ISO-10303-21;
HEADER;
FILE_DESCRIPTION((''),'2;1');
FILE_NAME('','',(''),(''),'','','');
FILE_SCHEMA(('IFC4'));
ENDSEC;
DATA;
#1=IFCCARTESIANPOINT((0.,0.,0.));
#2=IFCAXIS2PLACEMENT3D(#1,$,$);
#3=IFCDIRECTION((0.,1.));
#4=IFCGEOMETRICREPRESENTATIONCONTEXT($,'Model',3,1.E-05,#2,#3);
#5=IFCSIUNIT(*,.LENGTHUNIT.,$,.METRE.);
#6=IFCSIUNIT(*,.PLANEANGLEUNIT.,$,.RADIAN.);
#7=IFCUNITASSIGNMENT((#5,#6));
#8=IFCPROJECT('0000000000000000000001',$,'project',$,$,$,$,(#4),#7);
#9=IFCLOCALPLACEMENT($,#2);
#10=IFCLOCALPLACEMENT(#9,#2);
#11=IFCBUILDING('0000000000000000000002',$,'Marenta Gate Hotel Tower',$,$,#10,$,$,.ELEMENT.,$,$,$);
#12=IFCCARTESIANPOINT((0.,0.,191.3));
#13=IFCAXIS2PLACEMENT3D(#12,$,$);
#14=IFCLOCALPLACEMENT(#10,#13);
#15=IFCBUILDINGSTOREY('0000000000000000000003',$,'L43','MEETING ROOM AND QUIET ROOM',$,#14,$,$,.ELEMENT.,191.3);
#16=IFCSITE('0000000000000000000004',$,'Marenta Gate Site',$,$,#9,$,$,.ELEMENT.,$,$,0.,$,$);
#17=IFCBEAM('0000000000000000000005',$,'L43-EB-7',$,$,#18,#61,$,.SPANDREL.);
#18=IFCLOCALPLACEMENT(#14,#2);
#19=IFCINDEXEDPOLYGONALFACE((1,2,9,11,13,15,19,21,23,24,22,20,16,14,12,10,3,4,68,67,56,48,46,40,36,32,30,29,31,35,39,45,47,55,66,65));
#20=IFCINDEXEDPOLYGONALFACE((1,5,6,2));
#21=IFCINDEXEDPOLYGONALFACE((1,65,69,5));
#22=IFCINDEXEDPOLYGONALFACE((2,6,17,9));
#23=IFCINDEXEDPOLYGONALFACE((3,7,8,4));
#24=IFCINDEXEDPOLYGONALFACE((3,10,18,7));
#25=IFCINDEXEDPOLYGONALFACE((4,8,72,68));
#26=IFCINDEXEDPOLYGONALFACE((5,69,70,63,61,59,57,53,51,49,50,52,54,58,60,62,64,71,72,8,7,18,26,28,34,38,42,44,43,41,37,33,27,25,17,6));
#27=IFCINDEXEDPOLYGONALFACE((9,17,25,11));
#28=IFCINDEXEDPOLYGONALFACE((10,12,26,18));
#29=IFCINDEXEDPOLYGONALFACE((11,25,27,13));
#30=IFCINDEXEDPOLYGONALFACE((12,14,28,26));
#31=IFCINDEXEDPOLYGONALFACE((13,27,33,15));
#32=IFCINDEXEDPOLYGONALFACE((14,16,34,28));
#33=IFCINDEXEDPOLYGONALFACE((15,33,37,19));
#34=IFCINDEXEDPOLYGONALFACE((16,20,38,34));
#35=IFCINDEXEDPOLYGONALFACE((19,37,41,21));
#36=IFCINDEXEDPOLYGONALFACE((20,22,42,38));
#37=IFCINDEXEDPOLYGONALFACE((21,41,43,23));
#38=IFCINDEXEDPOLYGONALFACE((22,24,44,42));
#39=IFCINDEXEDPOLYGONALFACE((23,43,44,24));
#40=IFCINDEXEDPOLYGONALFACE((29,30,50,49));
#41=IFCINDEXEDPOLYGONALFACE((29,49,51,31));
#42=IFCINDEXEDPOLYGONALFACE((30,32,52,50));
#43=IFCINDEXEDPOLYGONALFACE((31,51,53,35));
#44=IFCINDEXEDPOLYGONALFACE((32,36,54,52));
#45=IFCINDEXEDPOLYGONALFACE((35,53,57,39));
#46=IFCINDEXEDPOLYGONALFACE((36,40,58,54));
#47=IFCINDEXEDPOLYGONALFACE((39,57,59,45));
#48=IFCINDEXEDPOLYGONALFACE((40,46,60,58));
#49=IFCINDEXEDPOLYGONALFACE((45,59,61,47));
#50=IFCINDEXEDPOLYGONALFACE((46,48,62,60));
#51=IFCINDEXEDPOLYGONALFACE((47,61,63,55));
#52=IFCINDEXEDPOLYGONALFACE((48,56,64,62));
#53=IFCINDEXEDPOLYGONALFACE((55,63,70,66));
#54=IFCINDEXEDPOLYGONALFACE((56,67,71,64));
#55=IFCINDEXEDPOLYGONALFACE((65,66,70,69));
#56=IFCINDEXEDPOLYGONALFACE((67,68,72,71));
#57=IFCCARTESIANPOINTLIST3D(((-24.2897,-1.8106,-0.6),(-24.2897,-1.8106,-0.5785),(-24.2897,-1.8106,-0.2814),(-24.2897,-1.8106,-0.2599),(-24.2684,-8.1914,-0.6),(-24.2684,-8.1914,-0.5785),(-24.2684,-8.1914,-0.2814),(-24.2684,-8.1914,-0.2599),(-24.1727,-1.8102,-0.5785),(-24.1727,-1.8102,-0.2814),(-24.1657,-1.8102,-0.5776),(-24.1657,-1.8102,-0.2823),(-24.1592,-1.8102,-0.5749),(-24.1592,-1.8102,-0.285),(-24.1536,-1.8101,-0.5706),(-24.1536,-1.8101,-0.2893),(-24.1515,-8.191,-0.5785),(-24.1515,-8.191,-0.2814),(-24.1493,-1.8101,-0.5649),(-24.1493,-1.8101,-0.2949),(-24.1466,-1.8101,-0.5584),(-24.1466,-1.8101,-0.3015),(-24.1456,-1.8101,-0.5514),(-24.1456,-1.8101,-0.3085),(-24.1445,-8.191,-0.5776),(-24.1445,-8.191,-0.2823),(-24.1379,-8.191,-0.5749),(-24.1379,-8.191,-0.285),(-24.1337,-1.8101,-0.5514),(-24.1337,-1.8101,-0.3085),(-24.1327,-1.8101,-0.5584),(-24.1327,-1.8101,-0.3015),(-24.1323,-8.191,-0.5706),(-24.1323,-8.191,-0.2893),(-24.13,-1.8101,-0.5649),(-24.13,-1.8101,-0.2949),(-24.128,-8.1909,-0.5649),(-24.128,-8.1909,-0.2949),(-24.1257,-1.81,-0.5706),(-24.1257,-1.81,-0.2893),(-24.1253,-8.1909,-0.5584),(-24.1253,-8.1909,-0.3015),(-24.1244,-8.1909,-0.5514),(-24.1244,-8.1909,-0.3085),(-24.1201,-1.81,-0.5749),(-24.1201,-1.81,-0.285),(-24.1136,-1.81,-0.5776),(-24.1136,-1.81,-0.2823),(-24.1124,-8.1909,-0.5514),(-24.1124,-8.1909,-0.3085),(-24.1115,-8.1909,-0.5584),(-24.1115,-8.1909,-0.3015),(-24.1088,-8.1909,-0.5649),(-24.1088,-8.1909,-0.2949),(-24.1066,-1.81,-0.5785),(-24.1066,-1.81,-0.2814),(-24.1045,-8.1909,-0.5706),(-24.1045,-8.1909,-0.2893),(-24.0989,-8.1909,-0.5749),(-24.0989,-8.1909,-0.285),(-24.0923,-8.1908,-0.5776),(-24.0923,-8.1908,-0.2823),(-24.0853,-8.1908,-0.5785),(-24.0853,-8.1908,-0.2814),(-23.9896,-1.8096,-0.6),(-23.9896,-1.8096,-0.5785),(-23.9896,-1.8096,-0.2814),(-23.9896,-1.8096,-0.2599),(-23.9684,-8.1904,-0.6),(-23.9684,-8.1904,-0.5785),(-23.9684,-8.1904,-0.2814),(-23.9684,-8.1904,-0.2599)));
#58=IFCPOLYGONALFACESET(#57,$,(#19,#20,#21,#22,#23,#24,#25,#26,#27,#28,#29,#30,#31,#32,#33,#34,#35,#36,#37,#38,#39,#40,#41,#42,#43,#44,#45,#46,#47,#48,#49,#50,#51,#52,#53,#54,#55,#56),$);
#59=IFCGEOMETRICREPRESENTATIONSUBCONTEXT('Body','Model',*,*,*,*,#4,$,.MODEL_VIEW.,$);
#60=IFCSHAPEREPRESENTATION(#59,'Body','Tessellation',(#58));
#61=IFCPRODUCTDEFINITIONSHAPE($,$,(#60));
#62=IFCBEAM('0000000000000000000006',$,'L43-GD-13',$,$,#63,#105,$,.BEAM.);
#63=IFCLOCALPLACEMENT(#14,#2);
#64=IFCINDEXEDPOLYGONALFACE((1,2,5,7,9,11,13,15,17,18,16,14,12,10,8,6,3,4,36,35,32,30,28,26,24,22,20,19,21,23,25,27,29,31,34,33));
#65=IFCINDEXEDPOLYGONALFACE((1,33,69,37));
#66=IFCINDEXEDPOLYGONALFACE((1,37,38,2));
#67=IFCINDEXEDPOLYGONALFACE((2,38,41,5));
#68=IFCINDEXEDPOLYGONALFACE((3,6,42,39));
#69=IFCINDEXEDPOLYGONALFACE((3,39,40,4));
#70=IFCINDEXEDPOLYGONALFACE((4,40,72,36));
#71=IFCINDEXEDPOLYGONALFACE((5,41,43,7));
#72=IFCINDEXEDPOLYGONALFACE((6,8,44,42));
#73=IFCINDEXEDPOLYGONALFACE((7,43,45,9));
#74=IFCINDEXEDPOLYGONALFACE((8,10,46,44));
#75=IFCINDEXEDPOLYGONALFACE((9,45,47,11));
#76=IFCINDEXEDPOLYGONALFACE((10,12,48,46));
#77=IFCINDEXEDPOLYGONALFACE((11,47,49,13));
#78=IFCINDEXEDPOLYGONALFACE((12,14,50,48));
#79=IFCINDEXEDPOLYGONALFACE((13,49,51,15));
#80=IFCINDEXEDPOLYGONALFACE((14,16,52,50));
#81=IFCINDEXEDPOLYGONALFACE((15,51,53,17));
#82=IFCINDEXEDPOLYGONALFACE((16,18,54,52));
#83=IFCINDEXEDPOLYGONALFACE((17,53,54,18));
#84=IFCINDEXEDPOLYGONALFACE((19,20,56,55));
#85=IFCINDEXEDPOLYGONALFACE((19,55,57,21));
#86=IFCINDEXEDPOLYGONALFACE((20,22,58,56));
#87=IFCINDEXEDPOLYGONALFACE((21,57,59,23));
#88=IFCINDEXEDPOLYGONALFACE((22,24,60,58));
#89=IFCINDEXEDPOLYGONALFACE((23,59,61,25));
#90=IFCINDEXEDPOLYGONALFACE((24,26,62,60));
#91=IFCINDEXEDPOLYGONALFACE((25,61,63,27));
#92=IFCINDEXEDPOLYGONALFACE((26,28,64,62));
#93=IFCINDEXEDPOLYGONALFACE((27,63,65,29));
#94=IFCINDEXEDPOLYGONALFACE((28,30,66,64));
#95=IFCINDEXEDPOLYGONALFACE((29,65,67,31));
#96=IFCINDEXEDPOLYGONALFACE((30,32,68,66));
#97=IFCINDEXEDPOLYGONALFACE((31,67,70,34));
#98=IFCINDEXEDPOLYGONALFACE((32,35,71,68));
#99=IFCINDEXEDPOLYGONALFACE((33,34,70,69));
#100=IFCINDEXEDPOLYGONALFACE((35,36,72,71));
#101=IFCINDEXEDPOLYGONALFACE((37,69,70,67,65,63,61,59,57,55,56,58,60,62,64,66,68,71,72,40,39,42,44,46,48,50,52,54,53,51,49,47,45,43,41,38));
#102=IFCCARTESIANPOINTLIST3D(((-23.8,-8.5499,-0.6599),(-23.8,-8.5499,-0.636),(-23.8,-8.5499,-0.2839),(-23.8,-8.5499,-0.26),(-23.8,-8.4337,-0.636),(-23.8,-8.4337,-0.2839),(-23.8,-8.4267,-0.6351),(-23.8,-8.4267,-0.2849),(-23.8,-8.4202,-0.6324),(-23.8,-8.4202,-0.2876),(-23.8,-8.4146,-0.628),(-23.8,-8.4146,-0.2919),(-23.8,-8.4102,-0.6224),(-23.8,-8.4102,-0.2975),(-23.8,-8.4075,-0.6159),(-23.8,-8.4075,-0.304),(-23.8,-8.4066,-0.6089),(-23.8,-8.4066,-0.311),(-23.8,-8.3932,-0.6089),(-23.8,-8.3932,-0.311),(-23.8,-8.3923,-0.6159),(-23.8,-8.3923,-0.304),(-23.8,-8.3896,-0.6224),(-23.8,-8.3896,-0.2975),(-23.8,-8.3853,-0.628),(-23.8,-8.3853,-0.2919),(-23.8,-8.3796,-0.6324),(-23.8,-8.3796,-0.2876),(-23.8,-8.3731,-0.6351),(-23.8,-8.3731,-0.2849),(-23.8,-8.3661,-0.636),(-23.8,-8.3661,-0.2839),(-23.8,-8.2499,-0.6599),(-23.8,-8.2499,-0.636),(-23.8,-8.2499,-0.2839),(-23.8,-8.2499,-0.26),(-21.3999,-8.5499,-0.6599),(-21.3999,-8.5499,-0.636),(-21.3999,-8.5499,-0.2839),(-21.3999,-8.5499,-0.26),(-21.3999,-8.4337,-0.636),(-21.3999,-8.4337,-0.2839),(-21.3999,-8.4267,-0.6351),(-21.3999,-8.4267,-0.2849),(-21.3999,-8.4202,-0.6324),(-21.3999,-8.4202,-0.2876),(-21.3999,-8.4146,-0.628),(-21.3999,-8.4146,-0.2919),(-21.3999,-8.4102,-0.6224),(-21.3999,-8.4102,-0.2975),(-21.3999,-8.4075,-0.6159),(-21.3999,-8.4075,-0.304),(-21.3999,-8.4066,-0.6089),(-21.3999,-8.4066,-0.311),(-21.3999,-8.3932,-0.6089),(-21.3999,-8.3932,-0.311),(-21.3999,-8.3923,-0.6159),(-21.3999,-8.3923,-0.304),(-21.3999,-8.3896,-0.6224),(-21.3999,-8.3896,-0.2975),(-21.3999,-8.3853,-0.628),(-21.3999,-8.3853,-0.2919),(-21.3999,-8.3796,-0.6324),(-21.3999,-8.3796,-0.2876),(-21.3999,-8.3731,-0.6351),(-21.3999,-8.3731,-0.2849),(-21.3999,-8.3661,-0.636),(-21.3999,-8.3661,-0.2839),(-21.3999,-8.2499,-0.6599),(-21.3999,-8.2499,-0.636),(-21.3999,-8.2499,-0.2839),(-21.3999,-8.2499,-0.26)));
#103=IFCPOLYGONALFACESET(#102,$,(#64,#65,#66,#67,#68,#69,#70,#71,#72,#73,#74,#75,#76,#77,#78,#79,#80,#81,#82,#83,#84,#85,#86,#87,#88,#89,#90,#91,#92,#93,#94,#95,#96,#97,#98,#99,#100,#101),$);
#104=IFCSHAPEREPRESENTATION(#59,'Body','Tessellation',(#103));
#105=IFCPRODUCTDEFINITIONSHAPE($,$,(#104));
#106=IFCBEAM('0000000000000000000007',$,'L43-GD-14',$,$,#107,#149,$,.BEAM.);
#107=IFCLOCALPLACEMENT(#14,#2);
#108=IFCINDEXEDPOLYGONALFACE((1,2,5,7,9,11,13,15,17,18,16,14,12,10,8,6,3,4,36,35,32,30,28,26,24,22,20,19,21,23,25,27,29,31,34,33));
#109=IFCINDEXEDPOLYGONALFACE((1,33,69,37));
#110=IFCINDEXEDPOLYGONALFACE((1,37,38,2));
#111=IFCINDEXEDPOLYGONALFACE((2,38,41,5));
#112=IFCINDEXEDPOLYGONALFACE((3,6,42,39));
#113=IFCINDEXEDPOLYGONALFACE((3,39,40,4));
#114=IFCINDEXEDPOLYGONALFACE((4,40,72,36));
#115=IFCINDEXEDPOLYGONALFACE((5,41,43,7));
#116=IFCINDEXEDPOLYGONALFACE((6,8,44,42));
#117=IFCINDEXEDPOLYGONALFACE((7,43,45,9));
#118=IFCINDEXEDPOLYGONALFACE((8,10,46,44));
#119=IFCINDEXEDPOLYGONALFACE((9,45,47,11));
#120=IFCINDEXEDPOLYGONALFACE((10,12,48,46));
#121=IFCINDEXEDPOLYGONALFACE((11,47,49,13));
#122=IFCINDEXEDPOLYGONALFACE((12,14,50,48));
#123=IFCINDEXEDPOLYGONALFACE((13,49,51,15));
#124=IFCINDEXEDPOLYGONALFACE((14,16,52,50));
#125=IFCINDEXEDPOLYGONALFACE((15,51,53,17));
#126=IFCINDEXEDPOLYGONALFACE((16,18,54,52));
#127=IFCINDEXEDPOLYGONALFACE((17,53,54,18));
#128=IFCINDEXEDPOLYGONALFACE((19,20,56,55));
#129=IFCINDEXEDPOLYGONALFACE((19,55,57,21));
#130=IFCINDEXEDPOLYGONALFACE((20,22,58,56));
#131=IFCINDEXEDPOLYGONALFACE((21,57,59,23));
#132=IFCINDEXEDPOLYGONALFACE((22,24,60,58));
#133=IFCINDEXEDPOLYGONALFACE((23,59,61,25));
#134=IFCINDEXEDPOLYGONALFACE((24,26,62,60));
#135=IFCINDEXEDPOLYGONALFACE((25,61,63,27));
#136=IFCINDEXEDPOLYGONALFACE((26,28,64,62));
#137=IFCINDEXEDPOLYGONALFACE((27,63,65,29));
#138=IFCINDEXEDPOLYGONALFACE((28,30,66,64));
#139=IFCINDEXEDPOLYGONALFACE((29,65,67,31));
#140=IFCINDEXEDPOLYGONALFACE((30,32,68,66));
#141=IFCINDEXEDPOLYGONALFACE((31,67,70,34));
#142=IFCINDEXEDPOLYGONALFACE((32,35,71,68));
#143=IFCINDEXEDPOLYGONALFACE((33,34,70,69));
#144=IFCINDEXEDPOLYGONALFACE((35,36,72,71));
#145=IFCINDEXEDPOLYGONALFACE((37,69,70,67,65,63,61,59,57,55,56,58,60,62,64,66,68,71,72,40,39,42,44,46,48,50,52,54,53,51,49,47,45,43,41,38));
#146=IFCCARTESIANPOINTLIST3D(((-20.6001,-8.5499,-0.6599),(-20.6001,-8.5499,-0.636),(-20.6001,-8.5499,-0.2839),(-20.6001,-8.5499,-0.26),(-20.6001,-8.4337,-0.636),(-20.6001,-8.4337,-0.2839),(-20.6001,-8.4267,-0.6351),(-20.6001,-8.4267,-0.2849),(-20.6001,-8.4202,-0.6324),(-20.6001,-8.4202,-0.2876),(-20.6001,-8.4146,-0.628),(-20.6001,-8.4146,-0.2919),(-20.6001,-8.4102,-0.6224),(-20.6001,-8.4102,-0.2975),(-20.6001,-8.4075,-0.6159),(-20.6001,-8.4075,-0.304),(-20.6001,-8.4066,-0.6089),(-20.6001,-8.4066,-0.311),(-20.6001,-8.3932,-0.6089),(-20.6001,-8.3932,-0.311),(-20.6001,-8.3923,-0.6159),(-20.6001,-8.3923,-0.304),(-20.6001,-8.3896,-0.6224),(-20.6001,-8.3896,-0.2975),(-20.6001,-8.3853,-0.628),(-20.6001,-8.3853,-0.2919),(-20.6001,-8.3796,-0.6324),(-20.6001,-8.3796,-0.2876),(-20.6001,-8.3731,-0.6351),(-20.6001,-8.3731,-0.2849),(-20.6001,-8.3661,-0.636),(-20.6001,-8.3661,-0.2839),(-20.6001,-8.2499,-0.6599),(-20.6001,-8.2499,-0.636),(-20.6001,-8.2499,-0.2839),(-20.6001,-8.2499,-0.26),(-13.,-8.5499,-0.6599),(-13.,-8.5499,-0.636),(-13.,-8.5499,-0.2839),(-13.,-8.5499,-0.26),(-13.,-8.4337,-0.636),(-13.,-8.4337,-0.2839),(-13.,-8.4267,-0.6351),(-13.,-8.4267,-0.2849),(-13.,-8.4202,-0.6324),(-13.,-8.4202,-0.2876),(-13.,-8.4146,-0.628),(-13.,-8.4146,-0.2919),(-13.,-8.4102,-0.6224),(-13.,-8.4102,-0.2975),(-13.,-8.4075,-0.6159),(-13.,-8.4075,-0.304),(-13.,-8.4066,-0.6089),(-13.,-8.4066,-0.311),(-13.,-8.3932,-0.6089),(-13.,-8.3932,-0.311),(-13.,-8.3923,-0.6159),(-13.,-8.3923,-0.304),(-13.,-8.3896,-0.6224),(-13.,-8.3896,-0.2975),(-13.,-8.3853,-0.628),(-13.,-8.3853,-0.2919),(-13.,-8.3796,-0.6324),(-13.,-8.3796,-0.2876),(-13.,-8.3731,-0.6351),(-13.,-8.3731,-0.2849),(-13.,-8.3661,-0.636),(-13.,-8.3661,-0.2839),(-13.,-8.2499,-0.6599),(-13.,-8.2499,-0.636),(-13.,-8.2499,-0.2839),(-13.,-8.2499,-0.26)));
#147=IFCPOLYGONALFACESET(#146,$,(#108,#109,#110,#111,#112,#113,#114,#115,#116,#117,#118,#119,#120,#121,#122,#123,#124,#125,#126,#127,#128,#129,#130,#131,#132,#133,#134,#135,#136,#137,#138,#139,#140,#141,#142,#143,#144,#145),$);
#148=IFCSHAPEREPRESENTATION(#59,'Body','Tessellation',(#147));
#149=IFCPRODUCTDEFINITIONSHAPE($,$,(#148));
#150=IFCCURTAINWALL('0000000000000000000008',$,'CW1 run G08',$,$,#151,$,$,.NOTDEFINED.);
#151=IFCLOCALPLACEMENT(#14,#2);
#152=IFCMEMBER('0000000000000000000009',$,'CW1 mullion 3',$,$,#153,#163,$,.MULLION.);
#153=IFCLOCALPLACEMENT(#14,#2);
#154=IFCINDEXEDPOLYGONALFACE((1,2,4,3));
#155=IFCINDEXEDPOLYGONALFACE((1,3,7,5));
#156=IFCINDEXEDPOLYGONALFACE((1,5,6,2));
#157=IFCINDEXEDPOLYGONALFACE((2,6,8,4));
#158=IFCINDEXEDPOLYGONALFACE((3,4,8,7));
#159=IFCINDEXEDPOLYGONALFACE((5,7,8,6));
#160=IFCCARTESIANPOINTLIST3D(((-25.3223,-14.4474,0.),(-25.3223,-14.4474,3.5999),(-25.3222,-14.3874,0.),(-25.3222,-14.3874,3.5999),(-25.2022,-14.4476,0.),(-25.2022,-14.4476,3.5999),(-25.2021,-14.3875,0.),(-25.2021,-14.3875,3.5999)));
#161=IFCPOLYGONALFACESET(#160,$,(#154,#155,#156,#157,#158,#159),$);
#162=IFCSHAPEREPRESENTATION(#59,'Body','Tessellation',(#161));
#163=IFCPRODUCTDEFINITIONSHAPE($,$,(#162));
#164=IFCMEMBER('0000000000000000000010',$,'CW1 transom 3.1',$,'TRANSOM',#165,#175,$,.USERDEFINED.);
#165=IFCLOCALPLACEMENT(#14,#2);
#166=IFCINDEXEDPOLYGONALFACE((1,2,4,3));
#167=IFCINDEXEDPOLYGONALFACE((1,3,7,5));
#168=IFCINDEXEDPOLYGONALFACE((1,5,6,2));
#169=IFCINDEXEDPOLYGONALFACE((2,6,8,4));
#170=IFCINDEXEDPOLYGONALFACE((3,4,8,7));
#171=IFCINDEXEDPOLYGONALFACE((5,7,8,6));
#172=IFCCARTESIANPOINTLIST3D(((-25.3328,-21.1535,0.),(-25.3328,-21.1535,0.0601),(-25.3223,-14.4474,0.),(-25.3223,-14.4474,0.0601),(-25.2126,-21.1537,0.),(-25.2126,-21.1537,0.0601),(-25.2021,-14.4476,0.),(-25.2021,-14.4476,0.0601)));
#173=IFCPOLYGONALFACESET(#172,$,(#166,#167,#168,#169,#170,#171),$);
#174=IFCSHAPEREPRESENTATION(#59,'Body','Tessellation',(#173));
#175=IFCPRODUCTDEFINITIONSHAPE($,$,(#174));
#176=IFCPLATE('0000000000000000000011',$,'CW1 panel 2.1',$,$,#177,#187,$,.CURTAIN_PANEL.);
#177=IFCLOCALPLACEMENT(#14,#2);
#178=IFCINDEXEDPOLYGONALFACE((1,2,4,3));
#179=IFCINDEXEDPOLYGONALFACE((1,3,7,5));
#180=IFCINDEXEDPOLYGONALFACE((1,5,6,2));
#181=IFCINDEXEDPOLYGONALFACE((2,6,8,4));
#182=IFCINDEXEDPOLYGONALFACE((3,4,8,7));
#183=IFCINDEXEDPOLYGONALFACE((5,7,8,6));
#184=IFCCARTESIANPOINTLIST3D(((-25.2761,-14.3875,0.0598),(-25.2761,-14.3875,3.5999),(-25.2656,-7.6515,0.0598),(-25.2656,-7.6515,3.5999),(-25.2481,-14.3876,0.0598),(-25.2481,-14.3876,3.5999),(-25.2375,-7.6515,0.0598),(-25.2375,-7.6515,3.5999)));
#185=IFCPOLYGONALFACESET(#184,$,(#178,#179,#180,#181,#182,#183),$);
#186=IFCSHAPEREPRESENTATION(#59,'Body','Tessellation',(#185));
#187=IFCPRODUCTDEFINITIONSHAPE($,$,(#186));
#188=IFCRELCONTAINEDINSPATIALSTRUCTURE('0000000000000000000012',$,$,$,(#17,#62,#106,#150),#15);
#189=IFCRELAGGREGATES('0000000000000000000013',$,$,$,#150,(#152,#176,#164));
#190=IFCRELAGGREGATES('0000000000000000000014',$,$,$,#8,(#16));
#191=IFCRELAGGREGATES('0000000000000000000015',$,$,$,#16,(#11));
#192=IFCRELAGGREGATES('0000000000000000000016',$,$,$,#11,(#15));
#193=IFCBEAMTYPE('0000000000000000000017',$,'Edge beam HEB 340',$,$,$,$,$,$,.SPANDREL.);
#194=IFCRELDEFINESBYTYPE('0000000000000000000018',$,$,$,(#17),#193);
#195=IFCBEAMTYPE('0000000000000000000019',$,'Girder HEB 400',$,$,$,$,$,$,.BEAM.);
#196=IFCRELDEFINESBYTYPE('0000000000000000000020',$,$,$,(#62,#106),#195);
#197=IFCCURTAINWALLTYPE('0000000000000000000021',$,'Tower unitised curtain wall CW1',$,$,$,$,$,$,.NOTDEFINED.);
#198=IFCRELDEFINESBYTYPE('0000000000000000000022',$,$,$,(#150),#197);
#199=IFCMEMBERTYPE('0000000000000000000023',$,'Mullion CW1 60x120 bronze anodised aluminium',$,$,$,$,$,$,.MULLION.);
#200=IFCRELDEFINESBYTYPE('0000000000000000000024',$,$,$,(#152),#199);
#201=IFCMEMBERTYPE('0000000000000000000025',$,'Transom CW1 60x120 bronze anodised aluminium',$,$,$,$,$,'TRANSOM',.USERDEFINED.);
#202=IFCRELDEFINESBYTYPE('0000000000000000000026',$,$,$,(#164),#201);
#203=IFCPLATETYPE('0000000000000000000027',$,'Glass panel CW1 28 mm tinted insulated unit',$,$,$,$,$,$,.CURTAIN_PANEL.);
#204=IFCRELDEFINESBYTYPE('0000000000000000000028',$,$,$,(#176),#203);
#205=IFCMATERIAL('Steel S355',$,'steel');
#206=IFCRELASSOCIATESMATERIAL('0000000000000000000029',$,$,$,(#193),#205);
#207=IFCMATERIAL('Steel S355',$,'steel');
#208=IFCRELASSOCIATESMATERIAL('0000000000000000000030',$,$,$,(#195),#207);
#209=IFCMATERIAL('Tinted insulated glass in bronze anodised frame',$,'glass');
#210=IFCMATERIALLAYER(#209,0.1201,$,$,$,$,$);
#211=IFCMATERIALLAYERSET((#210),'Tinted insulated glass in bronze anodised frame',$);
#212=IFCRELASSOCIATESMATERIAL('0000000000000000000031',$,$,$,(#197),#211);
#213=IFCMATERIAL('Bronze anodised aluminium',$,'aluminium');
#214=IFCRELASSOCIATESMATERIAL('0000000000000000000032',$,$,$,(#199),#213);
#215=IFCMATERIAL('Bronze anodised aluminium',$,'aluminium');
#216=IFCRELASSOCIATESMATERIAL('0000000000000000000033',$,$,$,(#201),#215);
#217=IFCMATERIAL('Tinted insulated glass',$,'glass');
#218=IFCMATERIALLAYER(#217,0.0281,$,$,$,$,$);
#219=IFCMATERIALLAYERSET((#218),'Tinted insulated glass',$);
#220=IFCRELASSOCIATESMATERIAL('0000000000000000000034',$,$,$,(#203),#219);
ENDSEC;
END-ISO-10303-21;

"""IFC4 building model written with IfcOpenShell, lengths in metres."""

from ifc_helpers import new_model, si_unit, direction, frame, origin, origin_2d, place, context, subcontext, project, spatial, rectangle, i_section, extrude, material, layer, layer_set, material_profile, profile_set, type_object, element, aggregate, save


model = new_model("IFC4")

# Units and contexts
model_context = context("Model", 3, precision=1e-05, world=origin(), true_north=direction((0.0, 1.0)))
body_context = subcontext(model_context, "Body", "Model", "MODEL_VIEW")
ifc_project = project(units=[si_unit("LENGTHUNIT", "METRE"), si_unit("PLANEANGLEUNIT", "RADIAN")], contexts=[model_context])

# Site, building, storey
site_placement = place(None, origin())
site = spatial("IfcSite", under=ifc_project, at=site_placement, Name="Marenta Gate Site", CompositionType="ELEMENT", RefElevation=0.0)
building_placement = place(site_placement, origin())
building = spatial("IfcBuilding", under=site, at=building_placement, Name="Marenta Gate Hotel Tower", CompositionType="ELEMENT")
storey_placement = place(building_placement, frame((0.0, 0.0, 191.3)))
storey = spatial("IfcBuildingStorey", under=building, at=storey_placement, Name="L43", Description="MEETING ROOM AND QUIET ROOM", CompositionType="ELEMENT", Elevation=191.3)

# Beams
ifc_material_1 = material(Name="Steel S355", Category="steel")
ifc_material_profile_1 = material_profile(ifc_material_1, i_section(OverallWidth=0.3, OverallDepth=0.3401, WebThickness=0.012, FlangeThickness=0.0215, FilletRadius=0.0271, at=origin_2d()), Name="HEB 340")
ifc_profile_set_1 = profile_set([ifc_material_profile_1], Name="Steel S355")
beam_type_1 = type_object("IfcBeamType", Name="Edge beam HEB 340", PredefinedType="SPANDREL", material=ifc_profile_set_1)
beam_1_placement = place(storey_placement, frame((-24.1184, -8.1909, -0.4299), z_axis=(-0.003329, 0.999994, 0.0), x_axis=(-0.999994, -0.003329, 0.0)))
element("IfcBeam", 1, at=beam_1_placement, inside=storey, type_object=beam_type_1, Name="L43-EB-7", PredefinedType="SPANDREL", context=body_context, shape_type="SweptSolid", body=[
    extrude(i_section(OverallWidth=0.3, OverallDepth=0.3401, WebThickness=0.012, FlangeThickness=0.0215, FilletRadius=0.0271, at=origin_2d()), origin(), (0.0, 0.0, 1.0), 6.3809),
])
ifc_material_2 = material(Name="Steel S355", Category="steel")
ifc_material_profile_2 = material_profile(ifc_material_2, i_section(OverallWidth=0.3, OverallDepth=0.3999, WebThickness=0.0134, FlangeThickness=0.0239, FilletRadius=0.0271, at=origin_2d()), Name="HEB 400")
ifc_profile_set_2 = profile_set([ifc_material_profile_2], Name="Steel S355")
beam_type_2 = type_object("IfcBeamType", Name="Girder HEB 400", PredefinedType="BEAM", material=ifc_profile_set_2)
beam_2_placement = place(storey_placement, frame((-23.8, -8.3999, -0.46), z_axis=(1.0, 0.0, 0.0), x_axis=(0.0, 1.0, 0.0)))
element("IfcBeam", 2, at=beam_2_placement, inside=storey, type_object=beam_type_2, Name="L43-GD-13", PredefinedType="BEAM", context=body_context, shape_type="SweptSolid", body=[
    extrude(i_section(OverallWidth=0.3, OverallDepth=0.3999, WebThickness=0.0134, FlangeThickness=0.0239, FilletRadius=0.0271, at=origin_2d()), origin(), (0.0, 0.0, 1.0), 2.4001),
])
beam_3_placement = place(storey_placement, frame((-20.6001, -8.3999, -0.46), z_axis=(1.0, 0.0, 0.0), x_axis=(0.0, 1.0, 0.0)))
element("IfcBeam", 3, at=beam_3_placement, inside=storey, type_object=beam_type_2, Name="L43-GD-14", PredefinedType="BEAM", context=body_context, shape_type="SweptSolid", body=[
    extrude(i_section(OverallWidth=0.3, OverallDepth=0.3999, WebThickness=0.0134, FlangeThickness=0.0239, FilletRadius=0.0271, at=origin_2d()), origin(), (0.0, 0.0, 1.0), 7.6001),
])

# Curtain wall, members, plate
ifc_material_3 = material(Name="Tinted insulated glass in bronze anodised frame", Category="glass")
ifc_layer_1 = layer(ifc_material_3, 0.1201)
ifc_layer_set_1 = layer_set([ifc_layer_1], Name="Tinted insulated glass in bronze anodised frame")
curtain_wall_type = type_object("IfcCurtainWallType", Name="Tower unitised curtain wall CW1", PredefinedType="NOTDEFINED", material=ifc_layer_set_1)
curtain_wall_placement = place(storey_placement, origin())
curtain_wall = element("IfcCurtainWall", 4, at=curtain_wall_placement, inside=storey, type_object=curtain_wall_type, Name="CW1 run G08", PredefinedType="NOTDEFINED")
ifc_material_4 = material(Name="Bronze anodised aluminium", Category="aluminium")
ifc_material_profile_3 = material_profile(ifc_material_4, rectangle(XDim=0.1201, YDim=0.0601, at=origin_2d()), Name="Mullion CW1 60x120 bronze anodised aluminium")
ifc_profile_set_3 = profile_set([ifc_material_profile_3], Name="Bronze anodised aluminium")
member_type_1 = type_object("IfcMemberType", Name="Mullion CW1 60x120 bronze anodised aluminium", PredefinedType="MULLION", material=ifc_profile_set_3)
member_1_placement = place(storey_placement, frame((-25.2622, -14.4175, 0.0), z_axis=(0.0, 0.0, 1.0), x_axis=(0.999999, -0.001565, 0.0)))
member_1 = element("IfcMember", 5, at=member_1_placement, type_object=member_type_1, Name="CW1 mullion 3", PredefinedType="MULLION", context=body_context, shape_type="SweptSolid", body=[
    extrude(rectangle(XDim=0.1201, YDim=0.0601, at=origin_2d()), origin(), (0.0, 0.0, 1.0), 3.5999),
])
ifc_material_5 = material(Name="Bronze anodised aluminium", Category="aluminium")
ifc_material_profile_4 = material_profile(ifc_material_5, rectangle(XDim=0.1201, YDim=0.0601, at=origin_2d()), Name="Transom CW1 60x120 bronze anodised aluminium")
ifc_profile_set_4 = profile_set([ifc_material_profile_4], Name="Bronze anodised aluminium")
member_type_2 = type_object("IfcMemberType", Name="Transom CW1 60x120 bronze anodised aluminium", ElementType="TRANSOM", PredefinedType="USERDEFINED", material=ifc_profile_set_4)
member_2_placement = place(storey_placement, frame((-25.2622, -14.4475, 0.03), z_axis=(-0.001565, -0.999999, 0.0), x_axis=(0.999999, -0.001565, 0.0)))
member_2 = element("IfcMember", 6, at=member_2_placement, type_object=member_type_2, Name="CW1 transom 3.1", ObjectType="TRANSOM", PredefinedType="USERDEFINED", context=body_context, shape_type="SweptSolid", body=[
    extrude(rectangle(XDim=0.1201, YDim=0.0601, at=origin_2d()), origin(), (0.0, 0.0, 1.0), 6.7061),
])
ifc_material_6 = material(Name="Tinted insulated glass", Category="glass")
ifc_layer_2 = layer(ifc_material_6, 0.0281)
ifc_layer_set_2 = layer_set([ifc_layer_2], Name="Tinted insulated glass")
plate_type = type_object("IfcPlateType", Name="Glass panel CW1 28 mm tinted insulated unit", PredefinedType="CURTAIN_PANEL", material=ifc_layer_set_2)
plate_placement = place(storey_placement, frame((-25.2568, -11.0195, 0.0598), z_axis=(0.0, 0.0, 1.0), x_axis=(-0.001565, -0.999999, 0.0)))
plate = element("IfcPlate", 7, at=plate_placement, type_object=plate_type, Name="CW1 panel 2.1", PredefinedType="CURTAIN_PANEL", context=body_context, shape_type="SweptSolid", body=[
    extrude(rectangle(XDim=6.7361, YDim=0.0281, at=origin_2d()), origin(), (0.0, 0.0, 1.0), 3.54),
])
aggregate(curtain_wall, [member_1, plate, member_2])

save(model, "model.ifc")
